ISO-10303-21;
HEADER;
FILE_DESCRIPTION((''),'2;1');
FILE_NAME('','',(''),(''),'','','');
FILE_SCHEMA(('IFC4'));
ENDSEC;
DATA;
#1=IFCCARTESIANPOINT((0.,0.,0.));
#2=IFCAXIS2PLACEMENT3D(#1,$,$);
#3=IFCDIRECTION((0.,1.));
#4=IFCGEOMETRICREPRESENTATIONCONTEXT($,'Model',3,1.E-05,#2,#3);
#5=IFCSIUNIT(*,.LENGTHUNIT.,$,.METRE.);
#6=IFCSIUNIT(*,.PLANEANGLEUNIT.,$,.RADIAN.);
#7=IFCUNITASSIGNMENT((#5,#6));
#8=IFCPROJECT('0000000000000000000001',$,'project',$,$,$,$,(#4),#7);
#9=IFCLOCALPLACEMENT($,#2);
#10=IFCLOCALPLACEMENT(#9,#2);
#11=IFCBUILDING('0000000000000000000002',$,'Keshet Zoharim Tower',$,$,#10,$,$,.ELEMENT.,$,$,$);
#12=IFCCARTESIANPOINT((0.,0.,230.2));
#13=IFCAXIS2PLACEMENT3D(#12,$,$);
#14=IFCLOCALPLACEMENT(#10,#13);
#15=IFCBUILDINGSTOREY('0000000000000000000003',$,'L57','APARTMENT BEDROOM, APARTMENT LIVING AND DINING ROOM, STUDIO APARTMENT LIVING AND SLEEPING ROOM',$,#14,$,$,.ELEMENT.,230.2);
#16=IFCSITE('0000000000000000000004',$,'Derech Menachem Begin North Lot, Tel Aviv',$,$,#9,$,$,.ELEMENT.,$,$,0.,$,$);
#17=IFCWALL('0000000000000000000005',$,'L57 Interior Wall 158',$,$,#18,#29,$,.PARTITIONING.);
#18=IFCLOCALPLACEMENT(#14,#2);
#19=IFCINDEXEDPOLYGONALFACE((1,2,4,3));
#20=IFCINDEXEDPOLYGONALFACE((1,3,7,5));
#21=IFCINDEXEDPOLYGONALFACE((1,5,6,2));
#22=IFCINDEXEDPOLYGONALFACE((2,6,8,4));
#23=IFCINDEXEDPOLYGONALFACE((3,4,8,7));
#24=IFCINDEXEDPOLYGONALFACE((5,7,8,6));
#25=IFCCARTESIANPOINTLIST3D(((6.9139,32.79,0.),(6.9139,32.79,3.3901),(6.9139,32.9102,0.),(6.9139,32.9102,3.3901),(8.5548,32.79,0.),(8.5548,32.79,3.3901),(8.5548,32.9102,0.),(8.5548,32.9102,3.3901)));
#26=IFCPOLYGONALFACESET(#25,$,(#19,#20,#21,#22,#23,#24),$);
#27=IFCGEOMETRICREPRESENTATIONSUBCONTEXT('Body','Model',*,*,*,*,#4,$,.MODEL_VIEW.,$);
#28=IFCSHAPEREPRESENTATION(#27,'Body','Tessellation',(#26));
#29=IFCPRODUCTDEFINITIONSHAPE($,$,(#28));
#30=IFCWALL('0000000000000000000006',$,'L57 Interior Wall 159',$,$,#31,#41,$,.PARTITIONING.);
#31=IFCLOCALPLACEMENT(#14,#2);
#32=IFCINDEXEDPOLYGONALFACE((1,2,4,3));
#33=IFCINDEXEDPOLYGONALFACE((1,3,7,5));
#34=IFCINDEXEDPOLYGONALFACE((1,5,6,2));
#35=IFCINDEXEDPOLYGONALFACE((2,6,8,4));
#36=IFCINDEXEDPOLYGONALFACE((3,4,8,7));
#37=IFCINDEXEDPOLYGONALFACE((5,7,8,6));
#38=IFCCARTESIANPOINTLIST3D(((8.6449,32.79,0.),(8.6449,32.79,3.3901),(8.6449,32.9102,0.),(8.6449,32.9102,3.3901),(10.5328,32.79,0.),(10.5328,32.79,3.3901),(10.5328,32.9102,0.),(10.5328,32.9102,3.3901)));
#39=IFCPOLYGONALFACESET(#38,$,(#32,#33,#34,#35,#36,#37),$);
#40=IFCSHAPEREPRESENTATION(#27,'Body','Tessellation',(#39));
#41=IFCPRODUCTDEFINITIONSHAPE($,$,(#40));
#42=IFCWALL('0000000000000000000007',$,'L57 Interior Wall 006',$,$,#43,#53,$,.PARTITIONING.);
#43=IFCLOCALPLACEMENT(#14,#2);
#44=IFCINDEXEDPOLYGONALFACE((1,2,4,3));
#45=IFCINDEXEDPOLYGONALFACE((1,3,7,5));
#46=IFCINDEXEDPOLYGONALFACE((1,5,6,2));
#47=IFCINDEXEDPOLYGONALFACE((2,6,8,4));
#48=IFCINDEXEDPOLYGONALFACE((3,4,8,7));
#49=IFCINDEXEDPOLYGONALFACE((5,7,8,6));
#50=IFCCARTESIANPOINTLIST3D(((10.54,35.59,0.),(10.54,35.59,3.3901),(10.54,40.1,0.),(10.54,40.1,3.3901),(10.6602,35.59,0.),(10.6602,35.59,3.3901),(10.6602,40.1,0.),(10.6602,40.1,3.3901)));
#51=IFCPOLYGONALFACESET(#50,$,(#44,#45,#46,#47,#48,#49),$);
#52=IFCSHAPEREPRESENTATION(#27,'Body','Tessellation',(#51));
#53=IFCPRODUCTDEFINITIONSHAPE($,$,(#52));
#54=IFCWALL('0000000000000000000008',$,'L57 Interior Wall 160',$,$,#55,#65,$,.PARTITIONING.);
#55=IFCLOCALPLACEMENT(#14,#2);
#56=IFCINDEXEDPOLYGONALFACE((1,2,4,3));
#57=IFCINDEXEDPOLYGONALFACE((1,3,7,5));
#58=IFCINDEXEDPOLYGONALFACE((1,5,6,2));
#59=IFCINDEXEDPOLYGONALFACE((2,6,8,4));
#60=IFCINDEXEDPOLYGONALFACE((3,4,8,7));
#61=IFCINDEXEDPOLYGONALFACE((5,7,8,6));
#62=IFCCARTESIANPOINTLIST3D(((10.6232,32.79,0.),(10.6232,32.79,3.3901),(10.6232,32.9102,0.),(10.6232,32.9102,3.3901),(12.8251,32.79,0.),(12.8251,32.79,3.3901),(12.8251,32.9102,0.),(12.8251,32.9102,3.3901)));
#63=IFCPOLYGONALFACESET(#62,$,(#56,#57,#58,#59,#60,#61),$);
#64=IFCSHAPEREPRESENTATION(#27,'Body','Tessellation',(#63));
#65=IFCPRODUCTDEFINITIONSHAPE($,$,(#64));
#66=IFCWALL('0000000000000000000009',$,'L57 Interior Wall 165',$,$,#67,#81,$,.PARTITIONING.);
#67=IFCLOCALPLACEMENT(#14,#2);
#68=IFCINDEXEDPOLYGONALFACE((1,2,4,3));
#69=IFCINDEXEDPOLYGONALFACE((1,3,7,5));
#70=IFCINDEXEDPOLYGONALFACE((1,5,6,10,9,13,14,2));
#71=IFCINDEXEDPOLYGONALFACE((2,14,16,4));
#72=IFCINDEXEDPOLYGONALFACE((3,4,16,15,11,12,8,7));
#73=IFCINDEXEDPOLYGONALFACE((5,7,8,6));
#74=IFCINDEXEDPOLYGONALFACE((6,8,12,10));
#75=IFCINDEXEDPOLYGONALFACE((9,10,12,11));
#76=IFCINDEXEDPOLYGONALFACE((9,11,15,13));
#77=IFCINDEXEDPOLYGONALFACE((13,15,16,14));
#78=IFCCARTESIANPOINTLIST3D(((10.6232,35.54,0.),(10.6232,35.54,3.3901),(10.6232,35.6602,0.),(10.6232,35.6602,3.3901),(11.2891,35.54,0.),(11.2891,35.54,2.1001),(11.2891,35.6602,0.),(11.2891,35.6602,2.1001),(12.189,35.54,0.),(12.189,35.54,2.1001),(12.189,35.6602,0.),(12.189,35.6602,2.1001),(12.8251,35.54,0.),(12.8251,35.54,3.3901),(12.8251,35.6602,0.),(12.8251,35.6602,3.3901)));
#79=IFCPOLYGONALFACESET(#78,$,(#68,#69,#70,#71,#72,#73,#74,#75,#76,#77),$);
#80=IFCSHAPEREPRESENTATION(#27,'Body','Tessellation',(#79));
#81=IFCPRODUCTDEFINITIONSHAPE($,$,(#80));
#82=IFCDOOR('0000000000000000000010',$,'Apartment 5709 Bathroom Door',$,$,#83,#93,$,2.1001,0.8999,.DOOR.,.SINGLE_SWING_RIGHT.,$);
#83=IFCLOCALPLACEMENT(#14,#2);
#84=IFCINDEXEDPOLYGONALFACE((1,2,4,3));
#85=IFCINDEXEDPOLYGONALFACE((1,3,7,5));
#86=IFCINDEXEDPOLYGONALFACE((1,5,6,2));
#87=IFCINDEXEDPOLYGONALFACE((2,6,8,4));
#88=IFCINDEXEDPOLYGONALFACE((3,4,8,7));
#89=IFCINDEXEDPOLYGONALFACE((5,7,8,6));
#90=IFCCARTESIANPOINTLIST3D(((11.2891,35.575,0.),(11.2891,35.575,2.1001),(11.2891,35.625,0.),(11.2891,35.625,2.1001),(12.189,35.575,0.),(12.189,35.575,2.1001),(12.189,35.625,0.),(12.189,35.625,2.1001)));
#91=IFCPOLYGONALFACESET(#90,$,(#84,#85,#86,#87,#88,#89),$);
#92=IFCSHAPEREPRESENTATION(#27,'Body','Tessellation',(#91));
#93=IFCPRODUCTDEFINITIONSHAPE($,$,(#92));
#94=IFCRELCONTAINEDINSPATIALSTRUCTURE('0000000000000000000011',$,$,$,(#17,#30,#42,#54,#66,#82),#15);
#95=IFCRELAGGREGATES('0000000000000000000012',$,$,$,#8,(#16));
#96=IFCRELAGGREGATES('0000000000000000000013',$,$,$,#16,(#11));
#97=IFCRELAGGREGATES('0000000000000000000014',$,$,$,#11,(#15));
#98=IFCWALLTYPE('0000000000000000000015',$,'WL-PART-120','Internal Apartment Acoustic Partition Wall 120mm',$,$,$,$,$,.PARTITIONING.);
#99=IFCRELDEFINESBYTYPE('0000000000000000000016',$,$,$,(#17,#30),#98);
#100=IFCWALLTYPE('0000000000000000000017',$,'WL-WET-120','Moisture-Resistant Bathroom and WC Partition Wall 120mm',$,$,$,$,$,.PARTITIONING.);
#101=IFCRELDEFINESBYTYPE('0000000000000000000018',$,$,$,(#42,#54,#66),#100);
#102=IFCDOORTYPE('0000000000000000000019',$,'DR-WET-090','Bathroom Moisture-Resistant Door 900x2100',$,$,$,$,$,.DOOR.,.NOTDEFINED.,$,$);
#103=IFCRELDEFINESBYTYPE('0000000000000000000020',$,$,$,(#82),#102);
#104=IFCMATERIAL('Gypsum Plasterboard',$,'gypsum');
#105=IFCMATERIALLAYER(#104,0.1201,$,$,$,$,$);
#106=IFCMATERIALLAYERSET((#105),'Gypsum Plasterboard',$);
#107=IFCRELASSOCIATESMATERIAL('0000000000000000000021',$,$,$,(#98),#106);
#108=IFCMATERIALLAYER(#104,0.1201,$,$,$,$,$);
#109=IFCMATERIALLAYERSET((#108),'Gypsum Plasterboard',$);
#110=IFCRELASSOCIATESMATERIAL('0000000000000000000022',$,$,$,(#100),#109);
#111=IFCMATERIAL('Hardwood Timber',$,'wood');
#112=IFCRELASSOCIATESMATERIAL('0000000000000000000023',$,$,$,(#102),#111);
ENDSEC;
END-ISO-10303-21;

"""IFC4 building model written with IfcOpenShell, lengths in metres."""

from ifc_helpers import new_model, si_unit, direction, frame, frame_2d, origin, place, context, subcontext, project, spatial, rectangle, extrude, material, layer, layer_set, type_object, element, fill, save


model = new_model("IFC4")

# Units and contexts
model_context = context("Model", 3, precision=1e-05, world=origin(), true_north=direction((0.0, 1.0)))
body_context = subcontext(model_context, "Body", "Model", "MODEL_VIEW")
ifc_project = project(units=[si_unit("LENGTHUNIT", "METRE"), si_unit("PLANEANGLEUNIT", "RADIAN")], contexts=[model_context])

# Site, building, storey
site_placement = place(None, origin())
site = spatial("IfcSite", under=ifc_project, at=site_placement, Name="Derech Menachem Begin North Lot, Tel Aviv", CompositionType="ELEMENT", RefElevation=0.0)
building_placement = place(site_placement, origin())
building = spatial("IfcBuilding", under=site, at=building_placement, Name="Keshet Zoharim Tower", CompositionType="ELEMENT")
storey_placement = place(building_placement, frame((0.0, 0.0, 230.2)))
storey = spatial("IfcBuildingStorey", under=building, at=storey_placement, Name="L57", Description="APARTMENT BEDROOM, APARTMENT LIVING AND DINING ROOM, STUDIO APARTMENT LIVING AND SLEEPING ROOM", CompositionType="ELEMENT", Elevation=230.2)

# Shared definitions
ifc_material_1 = material(Name="Gypsum Plasterboard", Category="gypsum")
ifc_material_2 = material(Name="Hardwood Timber", Category="wood")

# Walls
ifc_layer_1 = layer(ifc_material_1, 0.1201)
ifc_layer_set_1 = layer_set([ifc_layer_1], Name="Gypsum Plasterboard")
wall_type_1 = type_object("IfcWallType", Name="WL-PART-120", Description="Internal Apartment Acoustic Partition Wall 120mm", PredefinedType="PARTITIONING", material=ifc_layer_set_1)
wall_1_placement = place(storey_placement, frame((6.9141, 32.8501, 0.0), z_axis=(0.0, 0.0, 1.0), x_axis=(1.0, 0.0, 0.0)))
element("IfcWall", 1, at=wall_1_placement, inside=storey, type_object=wall_type_1, Name="L57 Interior Wall 158", PredefinedType="PARTITIONING", context=body_context, shape_type="SweptSolid", body=[
    extrude(rectangle(XDim=1.6409, YDim=0.1201, at=frame_2d((0.8203, 0.0))), origin(), (0.0, 0.0, 1.0), 3.3901),
])
wall_2_placement = place(storey_placement, frame((8.645, 32.8501, 0.0), z_axis=(0.0, 0.0, 1.0), x_axis=(1.0, 0.0, 0.0)))
element("IfcWall", 2, at=wall_2_placement, inside=storey, type_object=wall_type_1, Name="L57 Interior Wall 159", PredefinedType="PARTITIONING", context=body_context, shape_type="SweptSolid", body=[
    extrude(rectangle(XDim=1.8879, YDim=0.1201, at=frame_2d((0.9438, 0.0))), origin(), (0.0, 0.0, 1.0), 3.3901),
])

# Walls
ifc_layer_2 = layer(ifc_material_1, 0.1201)
ifc_layer_set_2 = layer_set([ifc_layer_2], Name="Gypsum Plasterboard")
wall_type_2 = type_object("IfcWallType", Name="WL-WET-120", Description="Moisture-Resistant Bathroom and WC Partition Wall 120mm", PredefinedType="PARTITIONING", material=ifc_layer_set_2)
wall_3_placement = place(storey_placement, frame((10.6001, 35.5901, 0.0), z_axis=(0.0, 0.0, 1.0), x_axis=(0.0, 1.0, 0.0)))
element("IfcWall", 3, at=wall_3_placement, inside=storey, type_object=wall_type_2, Name="L57 Interior Wall 006", PredefinedType="PARTITIONING", context=body_context, shape_type="SweptSolid", body=[
    extrude(rectangle(XDim=4.51, YDim=0.1201, at=frame_2d((2.2549, 0.0))), origin(), (0.0, 0.0, 1.0), 3.3901),
])
wall_4_placement = place(storey_placement, frame((10.623, 32.8501, 0.0), z_axis=(0.0, 0.0, 1.0), x_axis=(1.0, 0.0, 0.0)))
element("IfcWall", 4, at=wall_4_placement, inside=storey, type_object=wall_type_2, Name="L57 Interior Wall 160", PredefinedType="PARTITIONING", context=body_context, shape_type="SweptSolid", body=[
    extrude(rectangle(XDim=2.2019, YDim=0.1201, at=frame_2d((1.1011, 0.0))), origin(), (0.0, 0.0, 1.0), 3.3901),
])

# Wall, opening, door
wall_5_placement = place(storey_placement, frame((10.623, 35.6001, 0.0), z_axis=(0.0, 0.0, 1.0), x_axis=(1.0, 0.0, 0.0)))
wall_5 = element("IfcWall", 5, at=wall_5_placement, inside=storey, type_object=wall_type_2, Name="L57 Interior Wall 165", PredefinedType="PARTITIONING", context=body_context, shape_type="SweptSolid", body=[
    extrude(rectangle(XDim=2.2019, YDim=0.1201, at=frame_2d((1.1011, 0.0))), origin(), (0.0, 0.0, 1.0), 3.3901),
])
opening_1_placement = place(wall_5_placement, frame((0.666, 0.0, 0.0)))
opening_1 = element("IfcOpeningElement", 6, at=opening_1_placement, cuts=wall_5, PredefinedType="OPENING", context=body_context, shape_type="SweptSolid", body=[
    extrude(rectangle(XDim=0.8999, YDim=2.1001, at=frame_2d((0.45, 1.05))), frame((0.0, 0.0701, 0.0), z_axis=(0.0, -1.0, 0.0), x_axis=(1.0, 0.0, 0.0)), (0.0, 0.0, 1.0), 0.1401),
])
door_type_1 = type_object("IfcDoorType", Name="DR-WET-090", Description="Bathroom Moisture-Resistant Door 900x2100", OperationType="NOTDEFINED", PredefinedType="DOOR", material=ifc_material_2)
door_1_placement = place(opening_1_placement, origin())
door_1 = element("IfcDoor", 7, at=door_1_placement, inside=storey, type_object=door_type_1, Name="Apartment 5709 Bathroom Door", OperationType="SINGLE_SWING_RIGHT", OverallHeight=2.1001, OverallWidth=0.8999, PredefinedType="DOOR", context=body_context, shape_type="SweptSolid", body=[
    extrude(rectangle(XDim=0.8999, YDim=2.1001, at=frame_2d((0.45, 1.05))), frame((0.0, 0.0249, 0.0), z_axis=(0.0, -1.0, 0.0), x_axis=(1.0, 0.0, 0.0)), (0.0, 0.0, 1.0), 0.05),
])
fill(opening_1, door_1)

save(model, "model.ifc")
